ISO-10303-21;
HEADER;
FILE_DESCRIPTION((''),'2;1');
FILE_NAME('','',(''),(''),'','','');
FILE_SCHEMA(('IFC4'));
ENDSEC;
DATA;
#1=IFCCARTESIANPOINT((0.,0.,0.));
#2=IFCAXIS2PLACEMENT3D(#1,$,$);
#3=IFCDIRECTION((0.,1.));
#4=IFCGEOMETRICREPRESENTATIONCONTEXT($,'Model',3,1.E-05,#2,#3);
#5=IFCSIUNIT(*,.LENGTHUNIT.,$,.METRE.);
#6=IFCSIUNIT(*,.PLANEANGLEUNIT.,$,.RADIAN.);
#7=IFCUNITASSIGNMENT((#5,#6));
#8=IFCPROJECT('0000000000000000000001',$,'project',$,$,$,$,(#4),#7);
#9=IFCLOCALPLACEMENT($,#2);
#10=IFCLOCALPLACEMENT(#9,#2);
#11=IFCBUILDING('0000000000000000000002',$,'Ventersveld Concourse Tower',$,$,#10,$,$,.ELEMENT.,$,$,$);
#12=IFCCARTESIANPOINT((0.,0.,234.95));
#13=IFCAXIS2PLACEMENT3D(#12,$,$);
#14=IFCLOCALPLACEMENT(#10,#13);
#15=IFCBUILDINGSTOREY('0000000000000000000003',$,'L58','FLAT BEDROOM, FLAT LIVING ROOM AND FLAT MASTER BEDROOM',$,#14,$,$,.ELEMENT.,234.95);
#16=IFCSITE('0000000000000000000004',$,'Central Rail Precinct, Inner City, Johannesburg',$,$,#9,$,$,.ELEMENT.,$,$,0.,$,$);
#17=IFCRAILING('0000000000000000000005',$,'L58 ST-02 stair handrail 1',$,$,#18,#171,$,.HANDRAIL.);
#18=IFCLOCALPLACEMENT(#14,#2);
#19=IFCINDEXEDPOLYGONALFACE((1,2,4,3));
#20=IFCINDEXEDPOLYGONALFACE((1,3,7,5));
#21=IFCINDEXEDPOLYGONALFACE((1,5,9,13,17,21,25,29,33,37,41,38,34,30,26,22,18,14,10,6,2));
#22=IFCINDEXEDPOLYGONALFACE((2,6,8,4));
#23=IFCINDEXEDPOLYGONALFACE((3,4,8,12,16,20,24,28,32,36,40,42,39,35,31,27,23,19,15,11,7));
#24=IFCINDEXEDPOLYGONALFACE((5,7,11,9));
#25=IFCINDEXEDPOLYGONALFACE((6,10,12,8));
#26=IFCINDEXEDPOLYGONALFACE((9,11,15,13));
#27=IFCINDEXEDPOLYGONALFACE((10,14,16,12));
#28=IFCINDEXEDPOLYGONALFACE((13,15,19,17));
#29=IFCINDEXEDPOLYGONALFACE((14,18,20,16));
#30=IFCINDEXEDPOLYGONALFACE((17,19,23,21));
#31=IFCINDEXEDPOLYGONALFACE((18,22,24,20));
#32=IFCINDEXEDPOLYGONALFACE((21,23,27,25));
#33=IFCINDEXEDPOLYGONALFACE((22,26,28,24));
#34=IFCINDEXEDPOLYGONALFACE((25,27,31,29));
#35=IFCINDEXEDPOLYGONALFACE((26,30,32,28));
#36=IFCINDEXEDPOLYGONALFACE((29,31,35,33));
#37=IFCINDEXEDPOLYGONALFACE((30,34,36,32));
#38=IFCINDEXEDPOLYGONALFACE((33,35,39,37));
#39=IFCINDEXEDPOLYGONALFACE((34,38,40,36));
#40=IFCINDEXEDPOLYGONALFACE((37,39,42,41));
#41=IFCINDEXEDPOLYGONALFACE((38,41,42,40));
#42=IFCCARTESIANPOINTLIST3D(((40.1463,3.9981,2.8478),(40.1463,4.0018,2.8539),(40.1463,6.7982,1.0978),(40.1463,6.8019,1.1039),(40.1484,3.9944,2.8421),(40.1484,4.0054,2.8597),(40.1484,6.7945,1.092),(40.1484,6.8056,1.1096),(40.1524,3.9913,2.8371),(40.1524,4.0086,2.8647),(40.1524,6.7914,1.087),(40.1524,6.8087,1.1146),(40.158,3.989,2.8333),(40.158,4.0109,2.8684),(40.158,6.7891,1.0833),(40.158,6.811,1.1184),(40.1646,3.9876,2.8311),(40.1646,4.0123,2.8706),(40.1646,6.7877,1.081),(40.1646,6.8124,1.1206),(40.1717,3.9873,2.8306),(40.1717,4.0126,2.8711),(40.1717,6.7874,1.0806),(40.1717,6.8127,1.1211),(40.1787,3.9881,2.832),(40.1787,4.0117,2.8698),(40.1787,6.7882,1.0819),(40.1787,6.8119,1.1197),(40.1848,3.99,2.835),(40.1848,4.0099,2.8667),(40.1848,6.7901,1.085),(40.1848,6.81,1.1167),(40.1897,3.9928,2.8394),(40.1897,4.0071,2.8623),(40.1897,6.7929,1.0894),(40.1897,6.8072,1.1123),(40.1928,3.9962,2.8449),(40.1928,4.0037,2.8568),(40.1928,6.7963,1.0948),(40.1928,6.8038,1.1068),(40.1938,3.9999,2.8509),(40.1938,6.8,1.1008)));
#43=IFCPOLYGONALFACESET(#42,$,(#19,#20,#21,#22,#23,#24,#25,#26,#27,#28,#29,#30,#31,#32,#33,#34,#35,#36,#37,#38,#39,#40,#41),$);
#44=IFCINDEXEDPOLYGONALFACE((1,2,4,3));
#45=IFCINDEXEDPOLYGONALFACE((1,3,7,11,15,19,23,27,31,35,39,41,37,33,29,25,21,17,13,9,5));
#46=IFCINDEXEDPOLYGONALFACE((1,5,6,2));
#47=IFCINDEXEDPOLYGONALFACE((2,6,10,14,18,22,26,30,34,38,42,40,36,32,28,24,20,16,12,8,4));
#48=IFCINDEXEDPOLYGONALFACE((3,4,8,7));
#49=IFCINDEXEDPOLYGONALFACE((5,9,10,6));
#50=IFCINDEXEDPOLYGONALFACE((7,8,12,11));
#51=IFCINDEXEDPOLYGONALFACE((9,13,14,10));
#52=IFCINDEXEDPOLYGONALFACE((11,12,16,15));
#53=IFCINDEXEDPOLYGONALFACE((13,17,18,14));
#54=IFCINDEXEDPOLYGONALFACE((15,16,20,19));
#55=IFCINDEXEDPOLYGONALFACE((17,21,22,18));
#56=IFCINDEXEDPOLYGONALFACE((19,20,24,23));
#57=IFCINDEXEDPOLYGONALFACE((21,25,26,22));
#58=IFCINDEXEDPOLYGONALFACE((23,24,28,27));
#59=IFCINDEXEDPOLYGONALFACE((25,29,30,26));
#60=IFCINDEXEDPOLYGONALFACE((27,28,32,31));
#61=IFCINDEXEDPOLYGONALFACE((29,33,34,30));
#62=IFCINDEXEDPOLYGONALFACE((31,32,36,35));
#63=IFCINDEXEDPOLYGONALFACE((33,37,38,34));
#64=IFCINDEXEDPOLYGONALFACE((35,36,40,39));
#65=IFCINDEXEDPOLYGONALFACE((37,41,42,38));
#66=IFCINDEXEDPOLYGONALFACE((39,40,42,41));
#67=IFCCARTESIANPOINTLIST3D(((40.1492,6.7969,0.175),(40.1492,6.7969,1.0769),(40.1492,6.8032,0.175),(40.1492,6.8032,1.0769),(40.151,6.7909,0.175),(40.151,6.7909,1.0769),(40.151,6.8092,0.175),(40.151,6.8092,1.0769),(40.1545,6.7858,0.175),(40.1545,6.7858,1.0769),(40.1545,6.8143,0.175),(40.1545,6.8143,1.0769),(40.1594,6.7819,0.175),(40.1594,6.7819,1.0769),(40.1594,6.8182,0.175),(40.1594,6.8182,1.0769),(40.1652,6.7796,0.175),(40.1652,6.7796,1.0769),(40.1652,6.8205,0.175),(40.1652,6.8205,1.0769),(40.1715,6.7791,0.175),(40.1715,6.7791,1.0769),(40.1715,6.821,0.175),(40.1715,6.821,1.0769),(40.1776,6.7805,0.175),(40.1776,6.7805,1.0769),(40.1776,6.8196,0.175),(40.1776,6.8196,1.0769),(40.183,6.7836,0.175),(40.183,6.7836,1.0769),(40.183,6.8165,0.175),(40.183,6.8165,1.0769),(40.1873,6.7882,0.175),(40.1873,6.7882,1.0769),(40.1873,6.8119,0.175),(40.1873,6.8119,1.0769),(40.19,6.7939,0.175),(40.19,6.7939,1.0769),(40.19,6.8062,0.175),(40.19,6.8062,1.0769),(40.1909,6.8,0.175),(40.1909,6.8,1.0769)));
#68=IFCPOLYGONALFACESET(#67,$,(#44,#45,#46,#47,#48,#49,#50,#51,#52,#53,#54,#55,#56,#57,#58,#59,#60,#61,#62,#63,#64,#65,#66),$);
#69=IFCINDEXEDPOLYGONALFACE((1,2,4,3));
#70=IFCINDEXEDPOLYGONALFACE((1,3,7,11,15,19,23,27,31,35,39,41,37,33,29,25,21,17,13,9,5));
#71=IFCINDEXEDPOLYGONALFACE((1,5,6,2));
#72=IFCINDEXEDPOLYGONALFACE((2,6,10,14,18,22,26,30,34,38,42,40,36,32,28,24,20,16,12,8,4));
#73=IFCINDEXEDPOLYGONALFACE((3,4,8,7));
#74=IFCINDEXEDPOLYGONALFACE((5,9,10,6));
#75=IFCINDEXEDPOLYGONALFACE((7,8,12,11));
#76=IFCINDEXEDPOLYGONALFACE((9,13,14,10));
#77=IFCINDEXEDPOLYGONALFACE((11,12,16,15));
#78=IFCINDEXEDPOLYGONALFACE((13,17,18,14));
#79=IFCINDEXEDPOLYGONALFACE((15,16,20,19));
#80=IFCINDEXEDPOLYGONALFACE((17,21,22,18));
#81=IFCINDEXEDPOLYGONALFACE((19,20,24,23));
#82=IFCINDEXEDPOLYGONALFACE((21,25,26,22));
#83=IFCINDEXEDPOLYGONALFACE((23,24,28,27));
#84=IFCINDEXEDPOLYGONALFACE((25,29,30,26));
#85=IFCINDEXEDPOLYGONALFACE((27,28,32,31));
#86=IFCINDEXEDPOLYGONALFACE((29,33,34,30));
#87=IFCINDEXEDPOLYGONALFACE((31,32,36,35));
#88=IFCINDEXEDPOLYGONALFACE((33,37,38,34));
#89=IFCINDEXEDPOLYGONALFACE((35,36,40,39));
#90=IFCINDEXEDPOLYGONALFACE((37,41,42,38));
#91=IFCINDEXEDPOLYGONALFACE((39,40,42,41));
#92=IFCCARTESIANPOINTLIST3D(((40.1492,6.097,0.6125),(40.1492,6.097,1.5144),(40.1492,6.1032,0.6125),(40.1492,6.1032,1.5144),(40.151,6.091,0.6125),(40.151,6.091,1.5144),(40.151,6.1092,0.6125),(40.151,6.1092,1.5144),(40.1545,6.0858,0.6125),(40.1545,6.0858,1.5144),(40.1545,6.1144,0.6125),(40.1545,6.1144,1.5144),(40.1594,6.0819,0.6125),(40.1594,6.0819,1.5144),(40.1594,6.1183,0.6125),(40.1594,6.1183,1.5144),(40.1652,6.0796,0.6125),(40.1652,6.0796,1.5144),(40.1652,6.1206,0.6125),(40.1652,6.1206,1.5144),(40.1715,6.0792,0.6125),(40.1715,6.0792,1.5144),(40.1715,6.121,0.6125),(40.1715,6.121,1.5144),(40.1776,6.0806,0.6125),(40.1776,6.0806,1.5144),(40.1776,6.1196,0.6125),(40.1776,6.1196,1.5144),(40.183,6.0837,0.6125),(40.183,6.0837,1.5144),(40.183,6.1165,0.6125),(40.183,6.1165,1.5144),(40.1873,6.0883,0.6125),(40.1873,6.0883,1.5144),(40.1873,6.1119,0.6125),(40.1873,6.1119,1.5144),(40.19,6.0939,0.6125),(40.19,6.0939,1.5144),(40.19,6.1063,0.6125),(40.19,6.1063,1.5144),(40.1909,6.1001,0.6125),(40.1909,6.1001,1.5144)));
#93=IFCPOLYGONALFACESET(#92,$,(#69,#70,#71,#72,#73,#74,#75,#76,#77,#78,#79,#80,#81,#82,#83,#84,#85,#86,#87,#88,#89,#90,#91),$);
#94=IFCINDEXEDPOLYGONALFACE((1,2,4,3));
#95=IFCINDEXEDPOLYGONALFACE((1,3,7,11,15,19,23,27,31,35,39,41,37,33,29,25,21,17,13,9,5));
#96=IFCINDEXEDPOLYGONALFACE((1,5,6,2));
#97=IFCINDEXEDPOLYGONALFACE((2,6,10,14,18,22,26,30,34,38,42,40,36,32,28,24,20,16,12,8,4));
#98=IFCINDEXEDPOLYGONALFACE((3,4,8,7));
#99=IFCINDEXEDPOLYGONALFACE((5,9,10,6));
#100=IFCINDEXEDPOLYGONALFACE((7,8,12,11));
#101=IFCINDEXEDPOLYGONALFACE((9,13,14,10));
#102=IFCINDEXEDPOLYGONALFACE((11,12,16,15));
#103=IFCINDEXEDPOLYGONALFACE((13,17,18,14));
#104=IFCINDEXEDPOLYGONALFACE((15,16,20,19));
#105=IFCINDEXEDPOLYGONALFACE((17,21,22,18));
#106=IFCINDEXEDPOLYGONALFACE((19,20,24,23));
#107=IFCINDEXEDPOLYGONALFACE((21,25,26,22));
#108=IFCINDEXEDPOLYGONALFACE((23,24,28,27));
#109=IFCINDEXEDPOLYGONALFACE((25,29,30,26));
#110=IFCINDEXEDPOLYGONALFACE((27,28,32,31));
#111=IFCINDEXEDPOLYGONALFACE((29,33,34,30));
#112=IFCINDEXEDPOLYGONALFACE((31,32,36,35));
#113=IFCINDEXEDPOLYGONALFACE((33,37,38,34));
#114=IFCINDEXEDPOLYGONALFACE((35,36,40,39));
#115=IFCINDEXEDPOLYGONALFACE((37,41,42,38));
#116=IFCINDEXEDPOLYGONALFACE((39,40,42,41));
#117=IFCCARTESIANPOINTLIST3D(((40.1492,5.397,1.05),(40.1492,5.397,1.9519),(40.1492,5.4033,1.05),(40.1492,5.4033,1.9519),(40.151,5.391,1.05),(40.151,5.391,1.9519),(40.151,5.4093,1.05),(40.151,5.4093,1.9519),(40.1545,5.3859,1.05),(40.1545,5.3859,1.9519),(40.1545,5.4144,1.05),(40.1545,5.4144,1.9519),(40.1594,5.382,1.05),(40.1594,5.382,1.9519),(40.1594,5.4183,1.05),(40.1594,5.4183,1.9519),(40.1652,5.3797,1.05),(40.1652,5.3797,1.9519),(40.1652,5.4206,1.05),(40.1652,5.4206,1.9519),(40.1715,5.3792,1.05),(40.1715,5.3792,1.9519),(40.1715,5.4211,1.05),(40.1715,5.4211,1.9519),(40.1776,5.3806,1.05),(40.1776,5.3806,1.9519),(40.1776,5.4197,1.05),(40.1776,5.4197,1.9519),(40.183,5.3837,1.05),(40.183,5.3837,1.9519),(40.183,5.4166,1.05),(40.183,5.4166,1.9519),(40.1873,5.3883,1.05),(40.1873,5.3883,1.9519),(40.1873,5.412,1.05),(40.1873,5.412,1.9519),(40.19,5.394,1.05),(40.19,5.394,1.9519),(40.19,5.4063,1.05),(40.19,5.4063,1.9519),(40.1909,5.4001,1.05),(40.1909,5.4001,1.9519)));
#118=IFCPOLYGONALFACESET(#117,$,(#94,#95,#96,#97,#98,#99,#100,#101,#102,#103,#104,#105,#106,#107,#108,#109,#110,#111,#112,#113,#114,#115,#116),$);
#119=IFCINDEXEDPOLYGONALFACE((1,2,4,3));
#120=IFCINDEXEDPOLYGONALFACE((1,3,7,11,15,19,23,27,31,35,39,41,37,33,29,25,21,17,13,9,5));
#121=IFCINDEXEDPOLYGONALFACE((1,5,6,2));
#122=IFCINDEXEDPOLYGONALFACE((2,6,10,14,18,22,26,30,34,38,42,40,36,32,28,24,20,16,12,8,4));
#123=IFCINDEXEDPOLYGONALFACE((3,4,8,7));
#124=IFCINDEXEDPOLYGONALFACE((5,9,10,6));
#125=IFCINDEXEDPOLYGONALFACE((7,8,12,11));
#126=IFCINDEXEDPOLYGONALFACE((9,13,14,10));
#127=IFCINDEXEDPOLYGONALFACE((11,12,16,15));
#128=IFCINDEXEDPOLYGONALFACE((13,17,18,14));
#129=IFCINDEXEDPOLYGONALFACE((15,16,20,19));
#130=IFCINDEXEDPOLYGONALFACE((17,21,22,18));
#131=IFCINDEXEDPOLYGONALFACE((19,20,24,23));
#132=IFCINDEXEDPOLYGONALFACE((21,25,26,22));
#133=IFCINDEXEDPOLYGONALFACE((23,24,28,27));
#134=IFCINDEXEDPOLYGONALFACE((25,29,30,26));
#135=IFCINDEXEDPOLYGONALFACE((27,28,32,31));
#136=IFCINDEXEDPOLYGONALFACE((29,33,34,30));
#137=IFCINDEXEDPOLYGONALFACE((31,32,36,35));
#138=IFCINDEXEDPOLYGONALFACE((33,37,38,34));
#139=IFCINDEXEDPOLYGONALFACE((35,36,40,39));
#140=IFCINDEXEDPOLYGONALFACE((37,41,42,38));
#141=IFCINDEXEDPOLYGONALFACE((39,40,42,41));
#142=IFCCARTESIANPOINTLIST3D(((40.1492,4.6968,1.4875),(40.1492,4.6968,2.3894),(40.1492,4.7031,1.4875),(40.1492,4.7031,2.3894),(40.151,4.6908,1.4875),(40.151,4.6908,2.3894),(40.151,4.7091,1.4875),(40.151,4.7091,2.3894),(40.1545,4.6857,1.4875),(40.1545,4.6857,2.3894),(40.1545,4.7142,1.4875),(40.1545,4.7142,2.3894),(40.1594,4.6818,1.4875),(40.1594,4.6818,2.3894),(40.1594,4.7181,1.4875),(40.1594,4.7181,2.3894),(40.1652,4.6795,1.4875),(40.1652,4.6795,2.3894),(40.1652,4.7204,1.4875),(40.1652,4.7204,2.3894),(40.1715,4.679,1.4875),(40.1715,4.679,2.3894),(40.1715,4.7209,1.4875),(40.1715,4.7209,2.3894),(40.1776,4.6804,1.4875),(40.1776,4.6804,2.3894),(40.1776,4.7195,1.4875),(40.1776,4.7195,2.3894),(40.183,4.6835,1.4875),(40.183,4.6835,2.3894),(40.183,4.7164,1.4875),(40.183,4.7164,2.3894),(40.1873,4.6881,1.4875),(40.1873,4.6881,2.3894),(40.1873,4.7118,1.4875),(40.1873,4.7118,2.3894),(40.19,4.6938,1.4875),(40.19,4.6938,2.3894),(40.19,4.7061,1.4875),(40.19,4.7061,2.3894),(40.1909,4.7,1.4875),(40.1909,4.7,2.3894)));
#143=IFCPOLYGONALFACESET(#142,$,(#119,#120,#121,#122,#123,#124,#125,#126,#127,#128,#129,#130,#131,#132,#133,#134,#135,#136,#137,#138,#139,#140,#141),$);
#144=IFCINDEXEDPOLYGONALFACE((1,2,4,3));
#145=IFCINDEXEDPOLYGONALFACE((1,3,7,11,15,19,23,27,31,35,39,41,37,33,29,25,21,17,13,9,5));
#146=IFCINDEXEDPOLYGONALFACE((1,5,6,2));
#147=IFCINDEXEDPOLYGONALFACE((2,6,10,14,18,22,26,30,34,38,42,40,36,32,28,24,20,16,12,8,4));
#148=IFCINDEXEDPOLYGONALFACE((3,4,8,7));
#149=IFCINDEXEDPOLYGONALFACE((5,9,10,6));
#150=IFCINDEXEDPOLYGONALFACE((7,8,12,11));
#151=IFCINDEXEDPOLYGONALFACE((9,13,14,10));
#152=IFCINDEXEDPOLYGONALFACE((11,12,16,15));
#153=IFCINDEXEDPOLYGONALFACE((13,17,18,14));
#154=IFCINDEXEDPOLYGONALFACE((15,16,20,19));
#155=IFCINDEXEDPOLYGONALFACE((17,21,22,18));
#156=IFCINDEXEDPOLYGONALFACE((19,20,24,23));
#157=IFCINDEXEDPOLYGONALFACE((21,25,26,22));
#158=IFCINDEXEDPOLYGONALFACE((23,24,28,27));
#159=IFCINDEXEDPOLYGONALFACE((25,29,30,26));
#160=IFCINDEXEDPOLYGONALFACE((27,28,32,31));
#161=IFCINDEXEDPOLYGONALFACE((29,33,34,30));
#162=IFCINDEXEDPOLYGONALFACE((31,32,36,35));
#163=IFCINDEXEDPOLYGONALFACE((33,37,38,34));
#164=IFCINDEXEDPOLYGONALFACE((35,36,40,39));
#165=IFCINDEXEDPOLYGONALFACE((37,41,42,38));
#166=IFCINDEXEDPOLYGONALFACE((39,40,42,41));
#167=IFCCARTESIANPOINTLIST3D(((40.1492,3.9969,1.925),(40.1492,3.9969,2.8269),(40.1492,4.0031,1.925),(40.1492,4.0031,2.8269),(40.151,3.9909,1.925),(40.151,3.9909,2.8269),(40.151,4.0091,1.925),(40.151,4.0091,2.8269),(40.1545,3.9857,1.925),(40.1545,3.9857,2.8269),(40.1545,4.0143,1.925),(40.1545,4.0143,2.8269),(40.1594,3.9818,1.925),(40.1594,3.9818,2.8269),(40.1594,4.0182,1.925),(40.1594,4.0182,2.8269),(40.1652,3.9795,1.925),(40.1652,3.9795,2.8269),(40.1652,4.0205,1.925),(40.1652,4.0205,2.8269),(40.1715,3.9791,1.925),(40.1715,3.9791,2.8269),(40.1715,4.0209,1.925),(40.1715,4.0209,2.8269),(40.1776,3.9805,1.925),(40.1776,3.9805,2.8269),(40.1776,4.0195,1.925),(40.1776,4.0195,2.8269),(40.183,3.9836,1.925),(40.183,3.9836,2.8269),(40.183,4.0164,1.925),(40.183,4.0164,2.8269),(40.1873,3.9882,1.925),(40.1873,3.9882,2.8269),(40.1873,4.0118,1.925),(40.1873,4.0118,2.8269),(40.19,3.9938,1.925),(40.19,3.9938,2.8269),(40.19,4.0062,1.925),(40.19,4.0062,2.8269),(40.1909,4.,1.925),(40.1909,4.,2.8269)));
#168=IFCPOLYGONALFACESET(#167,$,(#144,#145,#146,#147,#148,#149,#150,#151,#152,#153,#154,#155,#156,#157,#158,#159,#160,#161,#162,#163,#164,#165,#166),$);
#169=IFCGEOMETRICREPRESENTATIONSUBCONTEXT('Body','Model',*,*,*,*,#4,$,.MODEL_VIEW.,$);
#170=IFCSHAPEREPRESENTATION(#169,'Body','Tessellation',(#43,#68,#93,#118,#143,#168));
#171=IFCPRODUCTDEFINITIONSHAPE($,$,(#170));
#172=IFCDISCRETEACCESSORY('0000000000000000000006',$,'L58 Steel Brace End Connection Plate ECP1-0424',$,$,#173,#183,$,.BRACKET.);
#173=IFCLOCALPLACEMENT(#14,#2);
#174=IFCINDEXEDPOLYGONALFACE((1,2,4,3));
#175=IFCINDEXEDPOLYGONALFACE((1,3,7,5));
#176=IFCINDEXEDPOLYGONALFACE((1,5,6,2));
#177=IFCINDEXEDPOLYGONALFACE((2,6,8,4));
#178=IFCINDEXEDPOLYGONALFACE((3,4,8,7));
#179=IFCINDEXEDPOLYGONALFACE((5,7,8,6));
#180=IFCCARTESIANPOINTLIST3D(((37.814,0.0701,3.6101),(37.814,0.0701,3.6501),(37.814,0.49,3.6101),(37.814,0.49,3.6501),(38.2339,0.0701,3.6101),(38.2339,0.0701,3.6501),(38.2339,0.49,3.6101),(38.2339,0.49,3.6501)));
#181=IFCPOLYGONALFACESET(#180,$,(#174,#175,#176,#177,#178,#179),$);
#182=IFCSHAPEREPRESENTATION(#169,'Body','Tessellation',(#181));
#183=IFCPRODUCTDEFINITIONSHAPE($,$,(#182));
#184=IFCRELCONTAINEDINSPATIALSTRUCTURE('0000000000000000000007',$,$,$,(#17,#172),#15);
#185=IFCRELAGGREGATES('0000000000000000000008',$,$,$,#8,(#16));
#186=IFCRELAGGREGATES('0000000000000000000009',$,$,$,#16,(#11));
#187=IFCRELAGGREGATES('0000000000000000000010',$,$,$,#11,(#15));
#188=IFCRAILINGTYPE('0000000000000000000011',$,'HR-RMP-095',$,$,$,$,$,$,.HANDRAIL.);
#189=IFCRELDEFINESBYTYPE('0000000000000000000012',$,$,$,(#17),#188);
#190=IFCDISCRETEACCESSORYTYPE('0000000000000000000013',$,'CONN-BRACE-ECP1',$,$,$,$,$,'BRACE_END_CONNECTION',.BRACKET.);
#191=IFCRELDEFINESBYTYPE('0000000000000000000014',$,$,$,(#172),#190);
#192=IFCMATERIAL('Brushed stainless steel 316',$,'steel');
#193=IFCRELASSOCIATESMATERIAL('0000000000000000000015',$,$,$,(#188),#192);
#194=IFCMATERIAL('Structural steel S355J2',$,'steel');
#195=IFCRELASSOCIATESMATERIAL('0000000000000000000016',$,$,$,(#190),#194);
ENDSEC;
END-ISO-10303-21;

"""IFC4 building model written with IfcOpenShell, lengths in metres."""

from ifc_helpers import new_model, si_unit, direction, frame, origin, origin_2d, place, context, subcontext, project, spatial, rectangle, circle, extrude, material, type_object, element, save


model = new_model("IFC4")

# Units and contexts
model_context = context("Model", 3, precision=1e-05, world=origin(), true_north=direction((0.0, 1.0)))
body_context = subcontext(model_context, "Body", "Model", "MODEL_VIEW")
ifc_project = project(units=[si_unit("LENGTHUNIT", "METRE"), si_unit("PLANEANGLEUNIT", "RADIAN")], contexts=[model_context])

# Site, building, storey
site_placement = place(None, origin())
site = spatial("IfcSite", under=ifc_project, at=site_placement, Name="Central Rail Precinct, Inner City, Johannesburg", CompositionType="ELEMENT", RefElevation=0.0)
building_placement = place(site_placement, origin())
building = spatial("IfcBuilding", under=site, at=building_placement, Name="Ventersveld Concourse Tower", CompositionType="ELEMENT")
storey_placement = place(building_placement, frame((0.0, 0.0, 234.95)))
storey = spatial("IfcBuildingStorey", under=building, at=storey_placement, Name="L58", Description="FLAT BEDROOM, FLAT LIVING ROOM AND FLAT MASTER BEDROOM", CompositionType="ELEMENT", Elevation=234.95)

# Shared definitions
ifc_material_1 = material(Name="Structural steel S355J2", Category="steel")

# Shared definitions
ifc_material_2 = material(Name="Brushed stainless steel 316", Category="steel")

# Railing
railing_type_1 = type_object("IfcRailingType", Name="HR-RMP-095", PredefinedType="HANDRAIL", material=ifc_material_2)
railing_1_placement = place(storey_placement, frame((40.1699, 6.8, 0.175)))
element("IfcRailing", 1, at=railing_1_placement, inside=storey, type_object=railing_type_1, Name="L58 ST-02 stair handrail 1", PredefinedType="HANDRAIL", context=body_context, shape_type="SweptSolid", body=[
    extrude(circle(Radius=0.0239, at=origin_2d()), frame((0.0, 0.0, 0.9258), z_axis=(0.0, -0.848002, 0.529992), x_axis=(1.0, 0.0, 0.0)), (0.0, 0.0, 1.0), 3.302),
    extrude(circle(Radius=0.021, at=origin_2d()), origin(), (0.0, 0.0, 1.0), 0.9019),
    extrude(circle(Radius=0.021, at=origin_2d()), frame((0.0, -0.7, 0.4375)), (0.0, 0.0, 1.0), 0.9019),
    extrude(circle(Radius=0.021, at=origin_2d()), frame((0.0, -1.3999, 0.875)), (0.0, 0.0, 1.0), 0.9019),
    extrude(circle(Radius=0.021, at=origin_2d()), frame((0.0, -2.1001, 1.3125)), (0.0, 0.0, 1.0), 0.9019),
    extrude(circle(Radius=0.021, at=origin_2d()), frame((0.0, -2.8, 1.75)), (0.0, 0.0, 1.0), 0.9019),
])

# Discrete accessory
discrete_accessory_type = type_object("IfcDiscreteAccessoryType", Name="CONN-BRACE-ECP1", ElementType="BRACE_END_CONNECTION", PredefinedType="BRACKET", material=ifc_material_1)
discrete_accessory_placement = place(storey_placement, frame((38.0239, 0.28, 3.6101), z_axis=(0.0, 0.0, 1.0), x_axis=(1.0, 0.0, 0.0)))
element("IfcDiscreteAccessory", 2, at=discrete_accessory_placement, inside=storey, type_object=discrete_accessory_type, Name="L58 Steel Brace End Connection Plate ECP1-0424", PredefinedType="BRACKET", context=body_context, shape_type="SweptSolid", body=[
    extrude(rectangle(XDim=0.4199, YDim=0.4199, at=origin_2d()), origin(), (0.0, 0.0, 1.0), 0.04),
])

save(model, "model.ifc")
